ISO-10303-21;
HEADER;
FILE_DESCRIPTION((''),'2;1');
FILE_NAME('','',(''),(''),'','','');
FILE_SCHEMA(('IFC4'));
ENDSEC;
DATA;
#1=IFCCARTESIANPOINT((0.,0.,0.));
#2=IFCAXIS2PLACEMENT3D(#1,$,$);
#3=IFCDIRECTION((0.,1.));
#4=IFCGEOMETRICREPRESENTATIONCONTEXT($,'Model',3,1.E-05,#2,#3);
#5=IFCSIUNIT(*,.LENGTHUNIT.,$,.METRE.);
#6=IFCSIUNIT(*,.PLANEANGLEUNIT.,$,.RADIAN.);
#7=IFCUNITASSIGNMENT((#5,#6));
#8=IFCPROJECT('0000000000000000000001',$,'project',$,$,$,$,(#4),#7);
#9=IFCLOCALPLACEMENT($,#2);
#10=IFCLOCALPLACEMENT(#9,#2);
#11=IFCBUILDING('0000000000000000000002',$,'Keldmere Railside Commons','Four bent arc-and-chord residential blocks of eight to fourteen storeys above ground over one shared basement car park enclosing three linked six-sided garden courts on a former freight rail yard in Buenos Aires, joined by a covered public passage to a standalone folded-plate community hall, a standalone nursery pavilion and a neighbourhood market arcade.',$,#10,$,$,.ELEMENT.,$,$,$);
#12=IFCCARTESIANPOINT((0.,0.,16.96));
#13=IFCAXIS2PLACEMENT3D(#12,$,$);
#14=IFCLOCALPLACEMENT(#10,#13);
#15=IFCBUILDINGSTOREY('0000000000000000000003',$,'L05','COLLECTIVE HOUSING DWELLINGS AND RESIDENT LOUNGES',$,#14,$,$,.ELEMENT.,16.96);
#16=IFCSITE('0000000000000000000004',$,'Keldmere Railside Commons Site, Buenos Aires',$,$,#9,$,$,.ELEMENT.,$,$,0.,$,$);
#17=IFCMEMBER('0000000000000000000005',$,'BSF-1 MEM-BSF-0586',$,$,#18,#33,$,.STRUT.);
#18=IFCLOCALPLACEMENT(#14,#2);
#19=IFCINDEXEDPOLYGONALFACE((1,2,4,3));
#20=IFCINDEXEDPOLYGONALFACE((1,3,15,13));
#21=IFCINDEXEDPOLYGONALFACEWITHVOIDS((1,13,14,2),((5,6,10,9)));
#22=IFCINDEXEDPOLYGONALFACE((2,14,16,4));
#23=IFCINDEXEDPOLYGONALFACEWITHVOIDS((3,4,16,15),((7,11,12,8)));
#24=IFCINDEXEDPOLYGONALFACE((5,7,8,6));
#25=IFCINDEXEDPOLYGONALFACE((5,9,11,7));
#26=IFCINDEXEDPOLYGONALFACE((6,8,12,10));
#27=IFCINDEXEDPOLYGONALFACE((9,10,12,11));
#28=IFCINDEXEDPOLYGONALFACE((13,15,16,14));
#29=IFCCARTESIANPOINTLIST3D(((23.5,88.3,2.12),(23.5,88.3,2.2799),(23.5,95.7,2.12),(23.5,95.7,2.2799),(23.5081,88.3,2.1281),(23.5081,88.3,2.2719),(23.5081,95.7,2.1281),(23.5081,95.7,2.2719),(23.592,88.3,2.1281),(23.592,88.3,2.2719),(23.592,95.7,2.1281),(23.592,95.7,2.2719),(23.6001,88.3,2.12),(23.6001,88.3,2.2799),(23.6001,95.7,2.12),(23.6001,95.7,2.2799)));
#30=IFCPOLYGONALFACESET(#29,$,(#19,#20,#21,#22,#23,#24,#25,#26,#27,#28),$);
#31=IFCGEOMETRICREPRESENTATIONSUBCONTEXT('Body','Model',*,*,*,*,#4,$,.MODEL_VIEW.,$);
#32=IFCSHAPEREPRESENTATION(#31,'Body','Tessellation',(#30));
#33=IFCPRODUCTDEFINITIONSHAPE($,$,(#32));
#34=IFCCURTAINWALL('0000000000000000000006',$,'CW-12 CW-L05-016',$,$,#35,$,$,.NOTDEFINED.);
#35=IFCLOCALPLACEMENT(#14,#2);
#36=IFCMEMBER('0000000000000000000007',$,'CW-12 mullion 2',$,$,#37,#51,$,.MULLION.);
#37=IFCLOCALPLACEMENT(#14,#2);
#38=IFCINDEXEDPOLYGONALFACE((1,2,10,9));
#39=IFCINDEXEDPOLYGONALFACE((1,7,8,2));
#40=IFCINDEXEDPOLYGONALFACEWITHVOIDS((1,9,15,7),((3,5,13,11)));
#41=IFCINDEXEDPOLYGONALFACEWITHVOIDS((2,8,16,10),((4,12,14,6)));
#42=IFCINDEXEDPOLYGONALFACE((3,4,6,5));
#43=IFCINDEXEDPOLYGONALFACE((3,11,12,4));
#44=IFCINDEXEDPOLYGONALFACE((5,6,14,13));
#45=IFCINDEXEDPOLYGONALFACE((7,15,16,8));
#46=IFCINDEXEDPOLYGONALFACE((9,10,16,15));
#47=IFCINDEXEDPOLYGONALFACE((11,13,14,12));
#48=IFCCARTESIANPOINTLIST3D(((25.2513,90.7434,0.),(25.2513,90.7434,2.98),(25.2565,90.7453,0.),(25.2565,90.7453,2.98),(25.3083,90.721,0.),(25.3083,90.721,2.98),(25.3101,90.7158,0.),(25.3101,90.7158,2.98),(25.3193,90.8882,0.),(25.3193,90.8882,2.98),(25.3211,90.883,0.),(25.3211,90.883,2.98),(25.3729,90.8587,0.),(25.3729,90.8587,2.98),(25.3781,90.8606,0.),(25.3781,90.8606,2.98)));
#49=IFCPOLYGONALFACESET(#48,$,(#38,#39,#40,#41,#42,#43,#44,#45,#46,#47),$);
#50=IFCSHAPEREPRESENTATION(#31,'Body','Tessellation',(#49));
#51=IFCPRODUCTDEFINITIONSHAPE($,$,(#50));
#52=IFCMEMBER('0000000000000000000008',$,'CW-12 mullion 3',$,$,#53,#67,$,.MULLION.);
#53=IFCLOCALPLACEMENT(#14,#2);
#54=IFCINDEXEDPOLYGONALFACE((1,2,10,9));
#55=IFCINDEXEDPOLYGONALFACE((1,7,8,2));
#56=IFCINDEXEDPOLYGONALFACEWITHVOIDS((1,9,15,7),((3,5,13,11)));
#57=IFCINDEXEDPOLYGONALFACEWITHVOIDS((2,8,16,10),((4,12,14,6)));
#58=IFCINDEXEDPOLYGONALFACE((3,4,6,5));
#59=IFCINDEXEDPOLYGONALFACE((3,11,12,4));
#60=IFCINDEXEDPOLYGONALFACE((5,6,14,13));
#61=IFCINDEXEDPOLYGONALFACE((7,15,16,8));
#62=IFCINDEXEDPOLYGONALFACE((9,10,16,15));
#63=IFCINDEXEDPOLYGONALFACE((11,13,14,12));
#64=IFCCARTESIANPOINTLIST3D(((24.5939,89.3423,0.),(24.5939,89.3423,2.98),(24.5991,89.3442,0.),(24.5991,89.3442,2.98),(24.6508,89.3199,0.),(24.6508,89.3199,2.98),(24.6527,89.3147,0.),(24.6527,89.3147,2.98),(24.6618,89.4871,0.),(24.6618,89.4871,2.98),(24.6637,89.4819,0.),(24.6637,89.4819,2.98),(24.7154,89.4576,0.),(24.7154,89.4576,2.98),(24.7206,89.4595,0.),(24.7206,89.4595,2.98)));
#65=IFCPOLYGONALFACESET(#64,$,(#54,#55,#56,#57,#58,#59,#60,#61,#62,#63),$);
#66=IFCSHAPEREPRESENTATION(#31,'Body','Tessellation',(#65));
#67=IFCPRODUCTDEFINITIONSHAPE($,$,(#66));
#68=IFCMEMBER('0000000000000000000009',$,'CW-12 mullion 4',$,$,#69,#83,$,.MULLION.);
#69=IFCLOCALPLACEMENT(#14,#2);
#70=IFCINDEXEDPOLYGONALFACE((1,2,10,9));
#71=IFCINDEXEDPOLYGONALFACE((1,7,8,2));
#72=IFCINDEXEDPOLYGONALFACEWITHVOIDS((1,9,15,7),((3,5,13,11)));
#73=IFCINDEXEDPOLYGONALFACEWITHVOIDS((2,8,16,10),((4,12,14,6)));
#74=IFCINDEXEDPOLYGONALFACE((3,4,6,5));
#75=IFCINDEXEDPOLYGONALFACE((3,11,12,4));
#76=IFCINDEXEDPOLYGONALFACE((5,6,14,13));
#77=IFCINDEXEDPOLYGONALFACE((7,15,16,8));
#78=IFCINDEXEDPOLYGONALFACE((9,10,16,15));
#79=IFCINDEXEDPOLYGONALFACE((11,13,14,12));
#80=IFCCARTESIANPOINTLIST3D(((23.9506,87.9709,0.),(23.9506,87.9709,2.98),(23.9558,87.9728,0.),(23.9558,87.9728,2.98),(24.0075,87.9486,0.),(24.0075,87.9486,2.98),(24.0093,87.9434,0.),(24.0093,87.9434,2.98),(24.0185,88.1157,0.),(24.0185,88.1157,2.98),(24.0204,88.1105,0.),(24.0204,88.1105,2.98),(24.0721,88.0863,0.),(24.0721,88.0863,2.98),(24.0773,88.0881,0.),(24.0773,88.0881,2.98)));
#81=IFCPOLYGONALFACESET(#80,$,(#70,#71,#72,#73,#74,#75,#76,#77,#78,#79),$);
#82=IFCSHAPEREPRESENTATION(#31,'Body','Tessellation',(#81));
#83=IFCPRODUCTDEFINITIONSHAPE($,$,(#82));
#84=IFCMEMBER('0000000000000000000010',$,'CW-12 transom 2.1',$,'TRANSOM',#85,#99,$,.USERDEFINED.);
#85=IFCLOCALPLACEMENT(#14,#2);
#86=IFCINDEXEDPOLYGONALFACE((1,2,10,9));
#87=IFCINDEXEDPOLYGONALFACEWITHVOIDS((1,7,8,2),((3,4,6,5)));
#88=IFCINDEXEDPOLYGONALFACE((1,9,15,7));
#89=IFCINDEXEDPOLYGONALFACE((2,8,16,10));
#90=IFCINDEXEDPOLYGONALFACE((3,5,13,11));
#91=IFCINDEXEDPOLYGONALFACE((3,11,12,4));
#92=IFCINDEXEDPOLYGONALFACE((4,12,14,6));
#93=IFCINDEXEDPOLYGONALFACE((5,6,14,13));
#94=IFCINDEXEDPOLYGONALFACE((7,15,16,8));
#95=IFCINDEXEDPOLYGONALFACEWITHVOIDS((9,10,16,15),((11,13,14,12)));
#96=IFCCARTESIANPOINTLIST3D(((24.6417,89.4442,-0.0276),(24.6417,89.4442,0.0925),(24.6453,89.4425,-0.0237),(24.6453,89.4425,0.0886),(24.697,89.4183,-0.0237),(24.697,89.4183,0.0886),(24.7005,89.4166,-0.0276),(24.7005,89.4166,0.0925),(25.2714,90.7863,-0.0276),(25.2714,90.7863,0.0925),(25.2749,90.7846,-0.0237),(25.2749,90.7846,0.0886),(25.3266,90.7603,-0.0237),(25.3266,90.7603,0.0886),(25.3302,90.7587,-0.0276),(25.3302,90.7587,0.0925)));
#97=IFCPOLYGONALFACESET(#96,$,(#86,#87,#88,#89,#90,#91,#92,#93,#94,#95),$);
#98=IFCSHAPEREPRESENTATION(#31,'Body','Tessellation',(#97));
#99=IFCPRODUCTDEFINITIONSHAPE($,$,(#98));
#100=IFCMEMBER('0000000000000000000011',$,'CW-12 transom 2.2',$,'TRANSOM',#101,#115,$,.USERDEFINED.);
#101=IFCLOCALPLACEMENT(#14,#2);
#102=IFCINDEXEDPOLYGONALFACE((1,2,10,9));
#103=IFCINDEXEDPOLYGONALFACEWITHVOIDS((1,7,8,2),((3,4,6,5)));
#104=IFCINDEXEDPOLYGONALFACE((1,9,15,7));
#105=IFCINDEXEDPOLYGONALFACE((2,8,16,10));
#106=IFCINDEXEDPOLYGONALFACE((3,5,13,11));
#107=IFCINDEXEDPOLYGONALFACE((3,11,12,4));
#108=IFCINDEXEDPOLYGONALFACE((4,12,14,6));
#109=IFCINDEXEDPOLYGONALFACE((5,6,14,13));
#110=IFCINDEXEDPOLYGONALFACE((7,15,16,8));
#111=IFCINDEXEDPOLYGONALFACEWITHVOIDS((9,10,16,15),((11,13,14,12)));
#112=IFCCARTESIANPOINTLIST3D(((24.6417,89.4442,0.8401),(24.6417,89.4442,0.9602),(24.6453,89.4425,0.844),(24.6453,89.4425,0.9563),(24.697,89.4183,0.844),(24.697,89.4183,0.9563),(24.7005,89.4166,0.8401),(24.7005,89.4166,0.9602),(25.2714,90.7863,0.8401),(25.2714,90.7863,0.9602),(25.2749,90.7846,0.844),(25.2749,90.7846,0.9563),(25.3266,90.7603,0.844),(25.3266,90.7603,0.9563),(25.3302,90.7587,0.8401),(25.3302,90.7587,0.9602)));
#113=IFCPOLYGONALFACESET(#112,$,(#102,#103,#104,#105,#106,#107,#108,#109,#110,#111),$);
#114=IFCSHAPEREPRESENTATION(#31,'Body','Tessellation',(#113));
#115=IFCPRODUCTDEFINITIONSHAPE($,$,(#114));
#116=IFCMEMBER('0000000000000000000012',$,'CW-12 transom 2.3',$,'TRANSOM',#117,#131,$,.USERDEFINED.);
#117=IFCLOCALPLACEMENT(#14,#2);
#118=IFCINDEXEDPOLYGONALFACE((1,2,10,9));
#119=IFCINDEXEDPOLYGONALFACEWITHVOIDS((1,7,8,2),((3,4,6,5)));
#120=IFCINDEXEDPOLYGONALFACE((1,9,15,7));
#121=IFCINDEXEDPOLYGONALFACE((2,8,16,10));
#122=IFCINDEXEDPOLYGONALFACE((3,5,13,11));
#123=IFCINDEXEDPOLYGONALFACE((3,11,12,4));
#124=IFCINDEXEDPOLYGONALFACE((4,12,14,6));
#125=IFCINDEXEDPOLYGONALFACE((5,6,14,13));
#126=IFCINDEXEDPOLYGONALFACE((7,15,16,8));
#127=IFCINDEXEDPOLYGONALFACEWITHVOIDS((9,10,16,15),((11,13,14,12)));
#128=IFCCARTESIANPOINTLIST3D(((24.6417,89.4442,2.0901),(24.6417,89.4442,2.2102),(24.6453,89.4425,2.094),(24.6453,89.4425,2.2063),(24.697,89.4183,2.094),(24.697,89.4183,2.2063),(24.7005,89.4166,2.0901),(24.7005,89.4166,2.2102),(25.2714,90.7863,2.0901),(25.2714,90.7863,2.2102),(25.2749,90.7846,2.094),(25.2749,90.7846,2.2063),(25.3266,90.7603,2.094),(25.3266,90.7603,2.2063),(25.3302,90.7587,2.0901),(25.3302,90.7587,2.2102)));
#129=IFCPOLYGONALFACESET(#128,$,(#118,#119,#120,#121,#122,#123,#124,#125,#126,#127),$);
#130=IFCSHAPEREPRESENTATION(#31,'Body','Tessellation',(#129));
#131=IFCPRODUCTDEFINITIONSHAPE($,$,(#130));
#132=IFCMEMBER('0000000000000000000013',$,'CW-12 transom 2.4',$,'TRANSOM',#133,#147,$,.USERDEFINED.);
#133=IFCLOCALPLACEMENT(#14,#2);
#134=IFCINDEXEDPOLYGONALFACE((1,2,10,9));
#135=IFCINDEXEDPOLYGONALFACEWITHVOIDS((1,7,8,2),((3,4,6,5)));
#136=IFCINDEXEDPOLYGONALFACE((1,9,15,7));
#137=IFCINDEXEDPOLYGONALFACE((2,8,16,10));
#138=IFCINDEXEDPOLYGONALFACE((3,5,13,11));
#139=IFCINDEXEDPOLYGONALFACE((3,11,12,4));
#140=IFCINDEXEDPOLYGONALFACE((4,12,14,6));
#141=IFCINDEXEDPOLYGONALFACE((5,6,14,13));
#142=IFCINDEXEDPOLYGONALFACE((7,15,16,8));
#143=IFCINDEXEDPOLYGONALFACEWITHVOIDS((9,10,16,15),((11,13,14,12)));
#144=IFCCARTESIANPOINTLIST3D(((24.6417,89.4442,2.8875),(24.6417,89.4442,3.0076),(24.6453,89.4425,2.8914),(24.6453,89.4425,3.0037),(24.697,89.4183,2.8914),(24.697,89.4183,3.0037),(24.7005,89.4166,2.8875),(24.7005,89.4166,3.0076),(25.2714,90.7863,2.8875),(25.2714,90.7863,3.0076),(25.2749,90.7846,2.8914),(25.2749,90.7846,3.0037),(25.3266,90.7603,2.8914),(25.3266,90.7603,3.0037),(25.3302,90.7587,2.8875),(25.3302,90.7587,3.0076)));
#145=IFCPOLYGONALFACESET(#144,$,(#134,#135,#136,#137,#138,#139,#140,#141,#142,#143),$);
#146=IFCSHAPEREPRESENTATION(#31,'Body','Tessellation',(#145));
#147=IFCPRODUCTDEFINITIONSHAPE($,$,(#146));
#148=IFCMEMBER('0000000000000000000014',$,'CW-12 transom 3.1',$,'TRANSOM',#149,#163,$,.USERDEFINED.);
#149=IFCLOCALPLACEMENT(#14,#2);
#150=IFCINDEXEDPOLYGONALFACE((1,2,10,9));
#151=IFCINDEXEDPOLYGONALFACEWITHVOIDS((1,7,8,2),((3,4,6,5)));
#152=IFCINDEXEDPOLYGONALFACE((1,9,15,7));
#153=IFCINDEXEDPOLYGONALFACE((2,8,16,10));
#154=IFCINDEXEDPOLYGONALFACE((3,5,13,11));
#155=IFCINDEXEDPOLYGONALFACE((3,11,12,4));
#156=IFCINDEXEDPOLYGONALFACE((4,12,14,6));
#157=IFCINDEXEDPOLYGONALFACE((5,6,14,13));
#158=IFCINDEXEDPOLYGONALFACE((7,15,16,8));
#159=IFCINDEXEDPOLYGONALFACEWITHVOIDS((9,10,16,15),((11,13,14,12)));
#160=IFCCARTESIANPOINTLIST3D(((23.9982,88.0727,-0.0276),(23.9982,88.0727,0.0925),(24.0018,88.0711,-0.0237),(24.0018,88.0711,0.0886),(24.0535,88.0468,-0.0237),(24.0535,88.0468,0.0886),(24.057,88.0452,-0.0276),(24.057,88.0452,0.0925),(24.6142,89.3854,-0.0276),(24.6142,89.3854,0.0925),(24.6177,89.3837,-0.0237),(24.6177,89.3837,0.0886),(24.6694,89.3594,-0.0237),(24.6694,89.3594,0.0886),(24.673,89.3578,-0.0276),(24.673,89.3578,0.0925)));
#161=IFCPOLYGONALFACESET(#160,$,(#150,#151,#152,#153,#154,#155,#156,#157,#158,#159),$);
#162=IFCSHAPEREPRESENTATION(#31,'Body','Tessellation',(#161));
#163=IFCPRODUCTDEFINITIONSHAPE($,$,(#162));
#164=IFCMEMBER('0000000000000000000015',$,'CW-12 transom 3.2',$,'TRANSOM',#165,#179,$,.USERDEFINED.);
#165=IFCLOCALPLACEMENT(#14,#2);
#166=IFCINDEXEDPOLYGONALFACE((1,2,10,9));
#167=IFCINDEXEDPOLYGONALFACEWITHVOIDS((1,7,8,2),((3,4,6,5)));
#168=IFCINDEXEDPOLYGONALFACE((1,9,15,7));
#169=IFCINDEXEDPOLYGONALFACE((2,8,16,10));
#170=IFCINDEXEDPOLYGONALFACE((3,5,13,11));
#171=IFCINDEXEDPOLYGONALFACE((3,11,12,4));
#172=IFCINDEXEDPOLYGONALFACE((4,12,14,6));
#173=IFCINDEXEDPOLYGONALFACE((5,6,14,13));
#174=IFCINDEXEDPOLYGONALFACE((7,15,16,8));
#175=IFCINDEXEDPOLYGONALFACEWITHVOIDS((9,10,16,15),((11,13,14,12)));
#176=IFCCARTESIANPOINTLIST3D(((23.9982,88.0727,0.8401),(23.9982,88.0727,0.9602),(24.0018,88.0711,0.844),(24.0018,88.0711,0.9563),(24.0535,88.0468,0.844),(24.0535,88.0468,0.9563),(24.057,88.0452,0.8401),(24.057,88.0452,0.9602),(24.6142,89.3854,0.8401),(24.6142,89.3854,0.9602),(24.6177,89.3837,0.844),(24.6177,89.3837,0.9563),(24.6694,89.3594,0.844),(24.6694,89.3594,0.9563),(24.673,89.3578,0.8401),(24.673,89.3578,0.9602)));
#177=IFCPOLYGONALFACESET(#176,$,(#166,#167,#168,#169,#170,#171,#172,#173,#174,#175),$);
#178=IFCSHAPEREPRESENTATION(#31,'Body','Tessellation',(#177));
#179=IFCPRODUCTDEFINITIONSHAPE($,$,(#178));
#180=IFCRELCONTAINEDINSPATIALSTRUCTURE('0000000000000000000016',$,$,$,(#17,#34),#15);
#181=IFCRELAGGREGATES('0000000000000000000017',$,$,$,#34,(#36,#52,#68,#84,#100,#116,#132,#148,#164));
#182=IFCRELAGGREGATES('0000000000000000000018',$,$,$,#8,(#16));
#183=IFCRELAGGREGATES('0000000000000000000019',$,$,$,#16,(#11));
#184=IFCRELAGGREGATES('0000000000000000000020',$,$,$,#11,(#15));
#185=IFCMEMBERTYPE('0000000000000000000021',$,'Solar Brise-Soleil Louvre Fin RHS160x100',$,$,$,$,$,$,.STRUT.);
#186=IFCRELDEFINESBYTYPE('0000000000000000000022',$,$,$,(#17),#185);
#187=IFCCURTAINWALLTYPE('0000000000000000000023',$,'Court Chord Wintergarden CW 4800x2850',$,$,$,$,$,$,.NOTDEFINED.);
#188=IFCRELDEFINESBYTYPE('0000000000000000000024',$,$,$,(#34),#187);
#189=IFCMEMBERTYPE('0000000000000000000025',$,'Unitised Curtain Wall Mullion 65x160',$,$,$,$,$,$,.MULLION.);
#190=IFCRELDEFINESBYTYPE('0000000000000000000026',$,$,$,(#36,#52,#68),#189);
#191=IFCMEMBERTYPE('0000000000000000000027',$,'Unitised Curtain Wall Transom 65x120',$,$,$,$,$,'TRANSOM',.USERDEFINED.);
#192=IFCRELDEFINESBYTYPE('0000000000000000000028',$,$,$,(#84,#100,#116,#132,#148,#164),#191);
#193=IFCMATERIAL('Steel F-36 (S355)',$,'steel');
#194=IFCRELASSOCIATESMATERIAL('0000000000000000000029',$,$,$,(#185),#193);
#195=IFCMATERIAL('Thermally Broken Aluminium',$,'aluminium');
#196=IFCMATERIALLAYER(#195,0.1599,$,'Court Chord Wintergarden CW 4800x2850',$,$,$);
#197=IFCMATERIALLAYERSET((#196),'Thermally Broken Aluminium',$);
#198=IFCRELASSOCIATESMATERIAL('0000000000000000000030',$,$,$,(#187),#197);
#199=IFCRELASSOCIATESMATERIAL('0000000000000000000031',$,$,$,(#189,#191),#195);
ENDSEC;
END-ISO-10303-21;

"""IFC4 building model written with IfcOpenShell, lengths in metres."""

from ifc_helpers import new_model, si_unit, direction, frame, origin, origin_2d, place, context, subcontext, project, spatial, hollow_rectangle, extrude, material, layer, layer_set, material_profile, profile_set, type_object, element, aggregate, save


model = new_model("IFC4")

# Units and contexts
model_context = context("Model", 3, precision=1e-05, world=origin(), true_north=direction((0.0, 1.0)))
body_context = subcontext(model_context, "Body", "Model", "MODEL_VIEW")
ifc_project = project(units=[si_unit("LENGTHUNIT", "METRE"), si_unit("PLANEANGLEUNIT", "RADIAN")], contexts=[model_context])

# Site, building, storey
site_placement = place(None, origin())
site = spatial("IfcSite", under=ifc_project, at=site_placement, Name="Keldmere Railside Commons Site, Buenos Aires", CompositionType="ELEMENT", RefElevation=0.0)
building_placement = place(site_placement, origin())
building = spatial("IfcBuilding", under=site, at=building_placement, Name="Keldmere Railside Commons", Description="Four bent arc-and-chord residential blocks of eight to fourteen storeys above ground over one shared basement car park enclosing three linked six-sided garden courts on a former freight rail yard in Buenos Aires, joined by a covered public passage to a standalone folded-plate community hall, a standalone nursery pavilion and a neighbourhood market arcade.", CompositionType="ELEMENT")
storey_placement = place(building_placement, frame((0.0, 0.0, 16.96)))
storey = spatial("IfcBuildingStorey", under=building, at=storey_placement, Name="L05", Description="COLLECTIVE HOUSING DWELLINGS AND RESIDENT LOUNGES", CompositionType="ELEMENT", Elevation=16.96)

# Member
ifc_material_1 = material(Name="Steel F-36 (S355)", Category="steel")
ifc_material_profile_1 = material_profile(ifc_material_1, hollow_rectangle(XDim=0.1001, YDim=0.1599, WallThickness=0.0081, at=origin_2d()), Name="RHS-160x100x8")
ifc_profile_set_1 = profile_set([ifc_material_profile_1], Name="Steel F-36 (S355)")
member_type_1 = type_object("IfcMemberType", Name="Solar Brise-Soleil Louvre Fin RHS160x100", PredefinedType="STRUT", material=ifc_profile_set_1)
member_1_placement = place(storey_placement, frame((23.55, 88.3, 2.2), z_axis=(0.0, 1.0, 0.0), x_axis=(-1.0, 0.0, 0.0)))
element("IfcMember", 1, at=member_1_placement, inside=storey, type_object=member_type_1, Name="BSF-1 MEM-BSF-0586", PredefinedType="STRUT", context=body_context, shape_type="SweptSolid", body=[
    extrude(hollow_rectangle(XDim=0.1001, YDim=0.1599, WallThickness=0.0081, at=origin_2d()), origin(), (0.0, 0.0, 1.0), 7.3999),
])

# Curtain wall, members
ifc_material_2 = material(Name="Thermally Broken Aluminium", Category="aluminium")
ifc_layer_1 = layer(ifc_material_2, 0.1599, Name="Court Chord Wintergarden CW 4800x2850")
ifc_layer_set_1 = layer_set([ifc_layer_1], Name="Thermally Broken Aluminium")
curtain_wall_type = type_object("IfcCurtainWallType", Name="Court Chord Wintergarden CW 4800x2850", PredefinedType="NOTDEFINED", material=ifc_layer_set_1)
curtain_wall_placement = place(storey_placement, origin())
curtain_wall = element("IfcCurtainWall", 2, at=curtain_wall_placement, inside=storey, type_object=curtain_wall_type, Name="CW-12 CW-L05-016", PredefinedType="NOTDEFINED")
ifc_material_profile_2 = material_profile(ifc_material_2, hollow_rectangle(XDim=0.0649, YDim=0.1599, WallThickness=0.0039, at=origin_2d()), Name="ALU-MULL-65x160")
ifc_profile_set_2 = profile_set([ifc_material_profile_2], Name="Thermally Broken Aluminium")
member_type_2 = type_object("IfcMemberType", Name="Unitised Curtain Wall Mullion 65x160", PredefinedType="MULLION", material=ifc_profile_set_2)
member_2_placement = place(storey_placement, frame((25.3147, 90.802, 0.0), z_axis=(0.0, 0.0, 1.0), x_axis=(0.905306, -0.424759, 0.0)))
member_2 = element("IfcMember", 3, at=member_2_placement, type_object=member_type_2, Name="CW-12 mullion 2", PredefinedType="MULLION", context=body_context, shape_type="SweptSolid", body=[
    extrude(hollow_rectangle(XDim=0.0649, YDim=0.1599, WallThickness=0.0039, at=origin_2d()), origin(), (0.0, 0.0, 1.0), 2.98),
])
member_3_placement = place(storey_placement, frame((24.6572, 89.4009, 0.0), z_axis=(0.0, 0.0, 1.0), x_axis=(0.905306, -0.424759, 0.0)))
member_3 = element("IfcMember", 4, at=member_3_placement, type_object=member_type_2, Name="CW-12 mullion 3", PredefinedType="MULLION", context=body_context, shape_type="SweptSolid", body=[
    extrude(hollow_rectangle(XDim=0.0649, YDim=0.1599, WallThickness=0.0039, at=origin_2d()), origin(), (0.0, 0.0, 1.0), 2.98),
])
member_4_placement = place(storey_placement, frame((24.0139, 88.0295, 0.0), z_axis=(0.0, 0.0, 1.0), x_axis=(0.905306, -0.424759, 0.0)))
member_4 = element("IfcMember", 5, at=member_4_placement, type_object=member_type_2, Name="CW-12 mullion 4", PredefinedType="MULLION", context=body_context, shape_type="SweptSolid", body=[
    extrude(hollow_rectangle(XDim=0.0649, YDim=0.1599, WallThickness=0.0039, at=origin_2d()), origin(), (0.0, 0.0, 1.0), 2.98),
])
ifc_material_profile_3 = material_profile(ifc_material_2, hollow_rectangle(XDim=0.0649, YDim=0.1201, WallThickness=0.0039, at=origin_2d()), Name="ALU-TRAN-65x120")
ifc_profile_set_3 = profile_set([ifc_material_profile_3], Name="Thermally Broken Aluminium")
member_type_3 = type_object("IfcMemberType", Name="Unitised Curtain Wall Transom 65x120", ElementType="TRANSOM", PredefinedType="USERDEFINED", material=ifc_profile_set_3)
member_5_placement = place(storey_placement, frame((25.3008, 90.7725, 0.0325), z_axis=(-0.424742, -0.905314, 0.0), x_axis=(0.905314, -0.424742, 0.0)))
member_5 = element("IfcMember", 6, at=member_5_placement, type_object=member_type_3, Name="CW-12 transom 2.1", ObjectType="TRANSOM", PredefinedType="USERDEFINED", context=body_context, shape_type="SweptSolid", body=[
    extrude(hollow_rectangle(XDim=0.0649, YDim=0.1201, WallThickness=0.0039, at=origin_2d()), origin(), (0.0, 0.0, 1.0), 1.4824),
])
member_6_placement = place(storey_placement, frame((25.3008, 90.7725, 0.9001), z_axis=(-0.424742, -0.905314, 0.0), x_axis=(0.905314, -0.424742, 0.0)))
member_6 = element("IfcMember", 7, at=member_6_placement, type_object=member_type_3, Name="CW-12 transom 2.2", ObjectType="TRANSOM", PredefinedType="USERDEFINED", context=body_context, shape_type="SweptSolid", body=[
    extrude(hollow_rectangle(XDim=0.0649, YDim=0.1201, WallThickness=0.0039, at=origin_2d()), origin(), (0.0, 0.0, 1.0), 1.4824),
])
member_7_placement = place(storey_placement, frame((25.3008, 90.7725, 2.1501), z_axis=(-0.424742, -0.905314, 0.0), x_axis=(0.905314, -0.424742, 0.0)))
member_7 = element("IfcMember", 8, at=member_7_placement, type_object=member_type_3, Name="CW-12 transom 2.3", ObjectType="TRANSOM", PredefinedType="USERDEFINED", context=body_context, shape_type="SweptSolid", body=[
    extrude(hollow_rectangle(XDim=0.0649, YDim=0.1201, WallThickness=0.0039, at=origin_2d()), origin(), (0.0, 0.0, 1.0), 1.4824),
])
member_8_placement = place(storey_placement, frame((25.3008, 90.7725, 2.9475), z_axis=(-0.424742, -0.905314, 0.0), x_axis=(0.905314, -0.424742, 0.0)))
member_8 = element("IfcMember", 9, at=member_8_placement, type_object=member_type_3, Name="CW-12 transom 2.4", ObjectType="TRANSOM", PredefinedType="USERDEFINED", context=body_context, shape_type="SweptSolid", body=[
    extrude(hollow_rectangle(XDim=0.0649, YDim=0.1201, WallThickness=0.0039, at=origin_2d()), origin(), (0.0, 0.0, 1.0), 1.4824),
])
member_9_placement = place(storey_placement, frame((24.6436, 89.3716, 0.0325), z_axis=(-0.424783, -0.905295, 0.0), x_axis=(0.905295, -0.424783, 0.0)))
member_9 = element("IfcMember", 10, at=member_9_placement, type_object=member_type_3, Name="CW-12 transom 3.1", ObjectType="TRANSOM", PredefinedType="USERDEFINED", context=body_context, shape_type="SweptSolid", body=[
    extrude(hollow_rectangle(XDim=0.0649, YDim=0.1201, WallThickness=0.0039, at=origin_2d()), origin(), (0.0, 0.0, 1.0), 1.45),
])
member_10_placement = place(storey_placement, frame((24.6436, 89.3716, 0.9001), z_axis=(-0.424783, -0.905295, 0.0), x_axis=(0.905295, -0.424783, 0.0)))
member_10 = element("IfcMember", 11, at=member_10_placement, type_object=member_type_3, Name="CW-12 transom 3.2", ObjectType="TRANSOM", PredefinedType="USERDEFINED", context=body_context, shape_type="SweptSolid", body=[
    extrude(hollow_rectangle(XDim=0.0649, YDim=0.1201, WallThickness=0.0039, at=origin_2d()), origin(), (0.0, 0.0, 1.0), 1.45),
])
aggregate(curtain_wall, [member_2, member_3, member_4, member_5, member_6, member_7, member_8, member_9, member_10])

save(model, "model.ifc")
